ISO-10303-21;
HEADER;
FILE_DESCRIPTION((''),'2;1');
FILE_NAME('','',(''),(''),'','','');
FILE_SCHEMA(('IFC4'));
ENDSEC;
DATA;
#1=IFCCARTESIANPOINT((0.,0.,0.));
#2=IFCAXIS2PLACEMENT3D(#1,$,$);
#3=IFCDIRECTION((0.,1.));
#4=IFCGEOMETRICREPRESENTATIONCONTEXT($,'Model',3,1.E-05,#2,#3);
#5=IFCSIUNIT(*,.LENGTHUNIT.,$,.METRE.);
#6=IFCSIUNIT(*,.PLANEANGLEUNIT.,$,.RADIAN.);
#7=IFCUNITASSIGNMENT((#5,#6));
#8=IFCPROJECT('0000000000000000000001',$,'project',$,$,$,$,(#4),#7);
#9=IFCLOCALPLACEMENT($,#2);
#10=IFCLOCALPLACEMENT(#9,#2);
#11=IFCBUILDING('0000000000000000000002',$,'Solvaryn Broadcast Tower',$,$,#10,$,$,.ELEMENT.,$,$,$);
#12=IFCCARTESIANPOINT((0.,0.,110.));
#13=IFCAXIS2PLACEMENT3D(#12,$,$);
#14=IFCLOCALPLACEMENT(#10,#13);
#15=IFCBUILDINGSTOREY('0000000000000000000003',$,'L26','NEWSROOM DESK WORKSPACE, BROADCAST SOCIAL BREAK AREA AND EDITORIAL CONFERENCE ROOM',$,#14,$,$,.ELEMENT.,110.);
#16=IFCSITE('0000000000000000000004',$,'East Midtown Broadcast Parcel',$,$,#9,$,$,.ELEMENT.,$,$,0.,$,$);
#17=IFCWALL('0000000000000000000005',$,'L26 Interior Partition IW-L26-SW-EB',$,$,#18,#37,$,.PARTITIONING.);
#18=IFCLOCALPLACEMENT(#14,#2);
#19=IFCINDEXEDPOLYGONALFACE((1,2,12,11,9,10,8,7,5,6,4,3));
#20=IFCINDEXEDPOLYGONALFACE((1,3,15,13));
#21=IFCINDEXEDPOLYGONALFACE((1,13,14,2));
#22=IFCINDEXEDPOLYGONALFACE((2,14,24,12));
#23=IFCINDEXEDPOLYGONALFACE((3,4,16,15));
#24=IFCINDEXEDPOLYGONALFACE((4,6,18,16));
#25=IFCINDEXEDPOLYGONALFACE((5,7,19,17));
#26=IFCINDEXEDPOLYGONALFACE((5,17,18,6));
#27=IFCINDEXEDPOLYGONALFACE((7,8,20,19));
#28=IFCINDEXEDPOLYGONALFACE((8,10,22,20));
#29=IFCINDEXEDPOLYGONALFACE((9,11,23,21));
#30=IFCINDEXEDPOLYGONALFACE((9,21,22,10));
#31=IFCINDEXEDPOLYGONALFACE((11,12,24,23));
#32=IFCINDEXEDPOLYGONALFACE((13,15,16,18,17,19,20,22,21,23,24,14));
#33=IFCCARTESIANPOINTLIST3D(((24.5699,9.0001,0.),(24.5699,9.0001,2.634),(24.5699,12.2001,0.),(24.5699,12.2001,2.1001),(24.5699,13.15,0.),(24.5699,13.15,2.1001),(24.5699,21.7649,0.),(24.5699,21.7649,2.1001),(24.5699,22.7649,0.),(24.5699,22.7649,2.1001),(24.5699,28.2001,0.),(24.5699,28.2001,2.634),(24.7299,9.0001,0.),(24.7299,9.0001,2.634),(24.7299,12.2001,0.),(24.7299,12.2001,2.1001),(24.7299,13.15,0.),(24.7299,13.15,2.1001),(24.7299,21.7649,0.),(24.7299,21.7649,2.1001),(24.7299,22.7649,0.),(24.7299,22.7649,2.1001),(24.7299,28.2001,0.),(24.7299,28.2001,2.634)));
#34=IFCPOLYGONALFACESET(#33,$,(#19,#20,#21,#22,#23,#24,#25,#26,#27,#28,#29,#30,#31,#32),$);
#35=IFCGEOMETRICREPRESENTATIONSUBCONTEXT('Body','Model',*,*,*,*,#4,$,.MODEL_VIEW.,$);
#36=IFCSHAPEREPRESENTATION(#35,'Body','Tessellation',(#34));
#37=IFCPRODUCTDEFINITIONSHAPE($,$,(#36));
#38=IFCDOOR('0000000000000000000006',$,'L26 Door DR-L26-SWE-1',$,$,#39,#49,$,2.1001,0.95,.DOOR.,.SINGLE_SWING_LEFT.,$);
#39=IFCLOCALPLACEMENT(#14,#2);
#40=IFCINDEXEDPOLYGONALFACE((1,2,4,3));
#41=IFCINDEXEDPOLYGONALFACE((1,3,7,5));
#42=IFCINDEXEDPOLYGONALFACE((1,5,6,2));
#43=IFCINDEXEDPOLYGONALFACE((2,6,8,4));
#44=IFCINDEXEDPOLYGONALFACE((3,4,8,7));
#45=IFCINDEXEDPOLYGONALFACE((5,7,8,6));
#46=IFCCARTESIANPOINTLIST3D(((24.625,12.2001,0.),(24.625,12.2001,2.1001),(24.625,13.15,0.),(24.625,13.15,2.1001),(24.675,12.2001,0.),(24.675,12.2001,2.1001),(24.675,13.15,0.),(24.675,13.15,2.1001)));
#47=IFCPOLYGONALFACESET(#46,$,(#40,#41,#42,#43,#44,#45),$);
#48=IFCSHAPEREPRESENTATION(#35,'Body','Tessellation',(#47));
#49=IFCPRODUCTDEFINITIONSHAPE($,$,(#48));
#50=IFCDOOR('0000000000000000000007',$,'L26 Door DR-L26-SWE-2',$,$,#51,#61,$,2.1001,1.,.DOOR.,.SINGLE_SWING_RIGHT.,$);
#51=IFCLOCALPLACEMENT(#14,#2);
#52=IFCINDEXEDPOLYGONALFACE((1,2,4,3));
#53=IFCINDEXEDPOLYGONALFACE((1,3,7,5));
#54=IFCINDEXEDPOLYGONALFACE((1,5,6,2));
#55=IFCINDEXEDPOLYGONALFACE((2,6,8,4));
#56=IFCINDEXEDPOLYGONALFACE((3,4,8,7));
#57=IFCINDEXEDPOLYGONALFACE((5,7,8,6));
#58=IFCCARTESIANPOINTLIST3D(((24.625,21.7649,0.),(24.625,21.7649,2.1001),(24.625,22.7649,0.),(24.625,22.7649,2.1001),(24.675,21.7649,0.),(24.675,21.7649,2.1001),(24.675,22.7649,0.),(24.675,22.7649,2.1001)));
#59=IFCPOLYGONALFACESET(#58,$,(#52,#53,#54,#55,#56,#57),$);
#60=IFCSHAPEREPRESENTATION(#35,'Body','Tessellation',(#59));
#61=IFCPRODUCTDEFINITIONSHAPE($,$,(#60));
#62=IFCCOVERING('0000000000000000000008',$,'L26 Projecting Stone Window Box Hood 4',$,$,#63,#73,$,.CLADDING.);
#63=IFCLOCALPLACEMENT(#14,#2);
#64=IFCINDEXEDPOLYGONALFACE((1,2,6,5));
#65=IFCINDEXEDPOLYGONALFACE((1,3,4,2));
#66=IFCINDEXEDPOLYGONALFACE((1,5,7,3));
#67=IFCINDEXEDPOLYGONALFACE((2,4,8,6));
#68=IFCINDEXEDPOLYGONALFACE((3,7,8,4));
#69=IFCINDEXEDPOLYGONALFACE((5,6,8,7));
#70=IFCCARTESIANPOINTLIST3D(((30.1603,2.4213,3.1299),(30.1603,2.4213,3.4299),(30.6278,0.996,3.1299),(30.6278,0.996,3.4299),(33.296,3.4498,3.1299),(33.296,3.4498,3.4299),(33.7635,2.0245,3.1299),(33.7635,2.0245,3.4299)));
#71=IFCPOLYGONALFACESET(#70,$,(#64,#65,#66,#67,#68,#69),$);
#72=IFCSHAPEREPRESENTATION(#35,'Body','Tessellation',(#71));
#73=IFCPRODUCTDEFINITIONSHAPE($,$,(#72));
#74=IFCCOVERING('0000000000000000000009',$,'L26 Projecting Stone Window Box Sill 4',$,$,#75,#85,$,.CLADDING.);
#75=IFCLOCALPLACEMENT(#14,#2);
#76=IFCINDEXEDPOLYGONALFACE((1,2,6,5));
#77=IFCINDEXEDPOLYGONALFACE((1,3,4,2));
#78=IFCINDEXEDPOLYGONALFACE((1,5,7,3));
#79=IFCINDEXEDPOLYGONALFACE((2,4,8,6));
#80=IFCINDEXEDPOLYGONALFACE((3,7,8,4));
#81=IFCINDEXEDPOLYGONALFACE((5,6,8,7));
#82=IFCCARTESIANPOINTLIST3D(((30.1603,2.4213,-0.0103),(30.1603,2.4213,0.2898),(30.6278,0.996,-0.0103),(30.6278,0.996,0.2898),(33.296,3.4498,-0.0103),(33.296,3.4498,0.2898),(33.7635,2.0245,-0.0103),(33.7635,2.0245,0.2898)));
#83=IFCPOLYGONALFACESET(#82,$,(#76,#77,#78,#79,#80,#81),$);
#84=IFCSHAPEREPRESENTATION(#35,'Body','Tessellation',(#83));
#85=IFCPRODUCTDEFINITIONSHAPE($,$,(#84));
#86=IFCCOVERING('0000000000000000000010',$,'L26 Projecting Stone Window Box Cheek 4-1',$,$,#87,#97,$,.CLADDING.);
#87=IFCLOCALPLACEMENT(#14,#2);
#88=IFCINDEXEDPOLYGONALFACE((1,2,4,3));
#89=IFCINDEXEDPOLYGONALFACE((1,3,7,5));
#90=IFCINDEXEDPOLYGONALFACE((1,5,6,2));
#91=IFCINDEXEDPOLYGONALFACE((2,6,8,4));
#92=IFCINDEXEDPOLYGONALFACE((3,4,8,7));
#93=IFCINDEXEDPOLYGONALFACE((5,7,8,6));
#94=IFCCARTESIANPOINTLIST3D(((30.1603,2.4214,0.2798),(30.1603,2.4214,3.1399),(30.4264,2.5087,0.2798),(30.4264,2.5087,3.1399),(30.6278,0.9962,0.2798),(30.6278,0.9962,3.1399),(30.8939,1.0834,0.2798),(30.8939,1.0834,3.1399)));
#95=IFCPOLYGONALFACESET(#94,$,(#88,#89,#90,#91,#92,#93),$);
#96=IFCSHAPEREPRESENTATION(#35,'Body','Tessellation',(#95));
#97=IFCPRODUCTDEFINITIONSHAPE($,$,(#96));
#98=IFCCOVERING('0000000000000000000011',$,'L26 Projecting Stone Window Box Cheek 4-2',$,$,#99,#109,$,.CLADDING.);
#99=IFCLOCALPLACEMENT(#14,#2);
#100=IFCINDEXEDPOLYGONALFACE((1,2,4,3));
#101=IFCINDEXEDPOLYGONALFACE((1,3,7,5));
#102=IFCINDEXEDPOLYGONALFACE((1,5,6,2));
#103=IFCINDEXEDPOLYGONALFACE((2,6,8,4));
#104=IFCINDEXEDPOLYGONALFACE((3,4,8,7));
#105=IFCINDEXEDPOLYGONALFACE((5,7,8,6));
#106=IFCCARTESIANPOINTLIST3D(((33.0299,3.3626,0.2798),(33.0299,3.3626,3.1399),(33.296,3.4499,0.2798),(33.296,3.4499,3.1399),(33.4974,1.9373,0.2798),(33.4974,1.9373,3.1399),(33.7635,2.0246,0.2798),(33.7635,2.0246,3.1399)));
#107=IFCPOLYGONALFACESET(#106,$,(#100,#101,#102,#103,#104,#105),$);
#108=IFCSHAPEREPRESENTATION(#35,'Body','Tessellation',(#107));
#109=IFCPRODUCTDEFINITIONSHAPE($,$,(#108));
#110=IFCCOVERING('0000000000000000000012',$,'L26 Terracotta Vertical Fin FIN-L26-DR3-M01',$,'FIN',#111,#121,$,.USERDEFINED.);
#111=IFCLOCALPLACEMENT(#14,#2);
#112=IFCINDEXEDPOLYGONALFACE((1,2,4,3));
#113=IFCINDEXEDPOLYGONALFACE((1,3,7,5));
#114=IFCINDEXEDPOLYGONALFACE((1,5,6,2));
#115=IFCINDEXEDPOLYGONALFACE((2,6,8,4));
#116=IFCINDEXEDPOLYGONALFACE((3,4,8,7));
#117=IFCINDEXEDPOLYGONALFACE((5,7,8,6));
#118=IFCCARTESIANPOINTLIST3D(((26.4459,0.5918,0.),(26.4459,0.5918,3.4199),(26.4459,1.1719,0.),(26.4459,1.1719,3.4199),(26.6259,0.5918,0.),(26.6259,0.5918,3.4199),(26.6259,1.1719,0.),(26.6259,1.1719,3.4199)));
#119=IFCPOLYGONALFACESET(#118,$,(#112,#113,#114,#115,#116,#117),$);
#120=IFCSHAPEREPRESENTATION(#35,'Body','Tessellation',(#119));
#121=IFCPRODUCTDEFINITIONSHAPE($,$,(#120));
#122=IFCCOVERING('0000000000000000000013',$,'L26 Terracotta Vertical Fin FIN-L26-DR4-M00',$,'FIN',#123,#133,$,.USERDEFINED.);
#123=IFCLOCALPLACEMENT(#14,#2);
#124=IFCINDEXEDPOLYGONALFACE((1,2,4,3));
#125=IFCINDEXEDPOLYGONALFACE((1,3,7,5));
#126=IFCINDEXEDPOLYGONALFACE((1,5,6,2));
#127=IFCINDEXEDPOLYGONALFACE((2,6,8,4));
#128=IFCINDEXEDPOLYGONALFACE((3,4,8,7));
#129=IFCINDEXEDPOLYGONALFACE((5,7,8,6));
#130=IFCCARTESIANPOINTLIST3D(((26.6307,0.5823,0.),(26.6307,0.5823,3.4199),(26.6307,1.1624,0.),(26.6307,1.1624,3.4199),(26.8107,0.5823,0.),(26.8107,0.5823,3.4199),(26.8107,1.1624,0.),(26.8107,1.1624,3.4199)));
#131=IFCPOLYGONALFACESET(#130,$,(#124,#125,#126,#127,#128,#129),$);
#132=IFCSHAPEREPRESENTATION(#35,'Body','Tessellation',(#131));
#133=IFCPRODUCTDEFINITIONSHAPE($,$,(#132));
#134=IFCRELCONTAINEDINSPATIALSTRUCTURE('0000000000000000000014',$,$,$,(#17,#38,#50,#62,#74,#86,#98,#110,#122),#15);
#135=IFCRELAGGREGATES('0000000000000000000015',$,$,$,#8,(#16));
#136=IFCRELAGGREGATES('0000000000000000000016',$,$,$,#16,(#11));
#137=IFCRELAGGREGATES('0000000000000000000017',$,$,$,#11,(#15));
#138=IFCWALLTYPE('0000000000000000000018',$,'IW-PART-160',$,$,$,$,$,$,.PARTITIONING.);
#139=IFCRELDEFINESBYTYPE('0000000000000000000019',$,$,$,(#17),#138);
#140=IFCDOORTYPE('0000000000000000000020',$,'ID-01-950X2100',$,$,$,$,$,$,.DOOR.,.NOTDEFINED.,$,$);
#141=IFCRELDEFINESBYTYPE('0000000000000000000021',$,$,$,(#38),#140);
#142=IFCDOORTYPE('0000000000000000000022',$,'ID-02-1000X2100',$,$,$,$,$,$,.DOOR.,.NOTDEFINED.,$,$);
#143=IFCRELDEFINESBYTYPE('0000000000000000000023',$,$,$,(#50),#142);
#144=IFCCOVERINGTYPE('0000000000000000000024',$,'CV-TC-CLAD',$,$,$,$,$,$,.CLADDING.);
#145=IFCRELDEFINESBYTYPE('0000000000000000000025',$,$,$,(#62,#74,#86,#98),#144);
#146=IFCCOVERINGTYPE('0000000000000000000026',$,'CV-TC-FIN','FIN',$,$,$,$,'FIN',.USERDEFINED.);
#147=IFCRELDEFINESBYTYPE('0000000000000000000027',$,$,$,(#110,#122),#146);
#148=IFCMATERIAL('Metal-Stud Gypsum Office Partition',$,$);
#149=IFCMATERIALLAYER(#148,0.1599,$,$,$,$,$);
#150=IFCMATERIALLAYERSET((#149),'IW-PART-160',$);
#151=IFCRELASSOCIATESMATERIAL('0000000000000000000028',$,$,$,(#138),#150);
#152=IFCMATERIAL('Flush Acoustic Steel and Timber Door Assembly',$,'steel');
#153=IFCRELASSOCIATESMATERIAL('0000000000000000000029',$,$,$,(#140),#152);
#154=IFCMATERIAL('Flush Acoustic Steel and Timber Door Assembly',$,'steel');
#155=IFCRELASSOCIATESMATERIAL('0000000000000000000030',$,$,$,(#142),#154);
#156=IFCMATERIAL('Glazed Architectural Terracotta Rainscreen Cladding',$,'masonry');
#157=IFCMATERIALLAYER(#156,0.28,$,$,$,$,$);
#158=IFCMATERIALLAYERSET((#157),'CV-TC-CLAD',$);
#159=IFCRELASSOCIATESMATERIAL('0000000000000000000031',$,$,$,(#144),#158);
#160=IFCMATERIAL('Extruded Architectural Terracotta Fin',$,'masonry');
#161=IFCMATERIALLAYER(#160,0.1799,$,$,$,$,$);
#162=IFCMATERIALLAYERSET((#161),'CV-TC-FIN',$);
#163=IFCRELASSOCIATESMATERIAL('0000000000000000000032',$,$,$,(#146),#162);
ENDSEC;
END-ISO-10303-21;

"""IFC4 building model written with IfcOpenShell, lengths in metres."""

from ifc_helpers import new_model, si_unit, direction, frame, frame_2d, origin, origin_2d, place, context, subcontext, project, spatial, rectangle, extrude, material, layer, layer_set, type_object, element, fill, save


model = new_model("IFC4")

# Units and contexts
model_context = context("Model", 3, precision=1e-05, world=origin(), true_north=direction((0.0, 1.0)))
body_context = subcontext(model_context, "Body", "Model", "MODEL_VIEW")
ifc_project = project(units=[si_unit("LENGTHUNIT", "METRE"), si_unit("PLANEANGLEUNIT", "RADIAN")], contexts=[model_context])

# Site, building, storey
site_placement = place(None, origin())
site = spatial("IfcSite", under=ifc_project, at=site_placement, Name="East Midtown Broadcast Parcel", CompositionType="ELEMENT", RefElevation=0.0)
building_placement = place(site_placement, origin())
building = spatial("IfcBuilding", under=site, at=building_placement, Name="Solvaryn Broadcast Tower", CompositionType="ELEMENT")
storey_placement = place(building_placement, frame((0.0, 0.0, 110.0)))
storey = spatial("IfcBuildingStorey", under=building, at=storey_placement, Name="L26", Description="NEWSROOM DESK WORKSPACE, BROADCAST SOCIAL BREAK AREA AND EDITORIAL CONFERENCE ROOM", CompositionType="ELEMENT", Elevation=110.0)

# Wall, openings, doors
ifc_material_1 = material(Name="Metal-Stud Gypsum Office Partition")
ifc_layer_1 = layer(ifc_material_1, 0.1599)
ifc_layer_set_1 = layer_set([ifc_layer_1], Name="IW-PART-160")
wall_type_1 = type_object("IfcWallType", Name="IW-PART-160", PredefinedType="PARTITIONING", material=ifc_layer_set_1)
wall_1_placement = place(storey_placement, frame((24.6499, 9.0, 0.0), z_axis=(0.0, 0.0, 1.0), x_axis=(0.0, 1.0, 0.0)))
wall_1 = element("IfcWall", 1, at=wall_1_placement, inside=storey, type_object=wall_type_1, Name="L26 Interior Partition IW-L26-SW-EB", PredefinedType="PARTITIONING", context=body_context, shape_type="SweptSolid", body=[
    extrude(rectangle(XDim=19.2, YDim=0.1599, at=frame_2d((9.6001, 0.0))), origin(), (0.0, 0.0, 1.0), 2.634),
])
opening_1_placement = place(wall_1_placement, frame((3.2, 0.0, 0.0)))
opening_1 = element("IfcOpeningElement", 2, at=opening_1_placement, cuts=wall_1, PredefinedType="OPENING", context=body_context, shape_type="SweptSolid", body=[
    extrude(rectangle(XDim=0.95, YDim=2.1001, at=frame_2d((0.4751, 1.05))), frame((0.0, 0.0901, 0.0), z_axis=(0.0, -1.0, 0.0), x_axis=(1.0, 0.0, 0.0)), (0.0, 0.0, 1.0), 0.1799),
])
opening_2_placement = place(wall_1_placement, frame((12.7649, 0.0, 0.0)))
opening_2 = element("IfcOpeningElement", 3, at=opening_2_placement, cuts=wall_1, PredefinedType="OPENING", context=body_context, shape_type="SweptSolid", body=[
    extrude(rectangle(XDim=1.0, YDim=2.1001, at=frame_2d((0.5, 1.05))), frame((0.0, 0.0901, 0.0), z_axis=(0.0, -1.0, 0.0), x_axis=(1.0, 0.0, 0.0)), (0.0, 0.0, 1.0), 0.1799),
])
ifc_material_2 = material(Name="Flush Acoustic Steel and Timber Door Assembly", Category="steel")
door_type_1 = type_object("IfcDoorType", Name="ID-01-950X2100", OperationType="NOTDEFINED", PredefinedType="DOOR", material=ifc_material_2)
door_1_placement = place(opening_1_placement, origin())
door_1 = element("IfcDoor", 4, at=door_1_placement, inside=storey, type_object=door_type_1, Name="L26 Door DR-L26-SWE-1", OperationType="SINGLE_SWING_LEFT", OverallHeight=2.1001, OverallWidth=0.95, PredefinedType="DOOR", context=body_context, shape_type="SweptSolid", body=[
    extrude(rectangle(XDim=0.95, YDim=2.1001, at=frame_2d((0.4751, 1.05))), frame((0.0, 0.0249, 0.0), z_axis=(0.0, -1.0, 0.0), x_axis=(1.0, 0.0, 0.0)), (0.0, 0.0, 1.0), 0.05),
])
fill(opening_1, door_1)
ifc_material_3 = material(Name="Flush Acoustic Steel and Timber Door Assembly", Category="steel")
door_type_2 = type_object("IfcDoorType", Name="ID-02-1000X2100", OperationType="NOTDEFINED", PredefinedType="DOOR", material=ifc_material_3)
door_2_placement = place(opening_2_placement, origin())
door_2 = element("IfcDoor", 5, at=door_2_placement, inside=storey, type_object=door_type_2, Name="L26 Door DR-L26-SWE-2", OperationType="SINGLE_SWING_RIGHT", OverallHeight=2.1001, OverallWidth=1.0, PredefinedType="DOOR", context=body_context, shape_type="SweptSolid", body=[
    extrude(rectangle(XDim=1.0, YDim=2.1001, at=frame_2d((0.5, 1.05))), frame((0.0, 0.0249, 0.0), z_axis=(0.0, -1.0, 0.0), x_axis=(1.0, 0.0, 0.0)), (0.0, 0.0, 1.0), 0.05),
])
fill(opening_2, door_2)

# Coverings
ifc_material_4 = material(Name="Glazed Architectural Terracotta Rainscreen Cladding", Category="masonry")
ifc_layer_2 = layer(ifc_material_4, 0.28)
ifc_layer_set_2 = layer_set([ifc_layer_2], Name="CV-TC-CLAD")
covering_type_1 = type_object("IfcCoveringType", Name="CV-TC-CLAD", PredefinedType="CLADDING", material=ifc_layer_set_2)
for number, where, z_axis, x_axis, name in (
    (6, (31.9619, 2.2229, 3.1299), (0.0, 0.0, 1.0), (0.95019, 0.311672, 0.0), "L26 Projecting Stone Window Box Hood 4"),
    (7, (31.9619, 2.2229, -0.0103), (0.0, 0.0, 1.0), (0.95019, 0.311672, 0.0), "L26 Projecting Stone Window Box Sill 4"),
):
    element("IfcCovering", number, at=place(storey_placement, frame(where, z_axis=z_axis, x_axis=x_axis)), inside=storey, type_object=covering_type_1, Name=name, PredefinedType="CLADDING", context=body_context, shape_type="SweptSolid", body=[
        extrude(rectangle(XDim=3.3, YDim=1.5, at=origin_2d()), origin(), (0.0, 0.0, 1.0), 0.3),
    ])
for number, where, z_axis, x_axis, name in (
    (8, (30.5271, 1.7524, 0.2798), (0.0, 0.0, 1.0), (0.95019, 0.311672, 0.0), "L26 Projecting Stone Window Box Cheek 4-1"),
    (9, (33.3967, 2.6936, 0.2798), (0.0, 0.0, 1.0), (0.95019, 0.311672, 0.0), "L26 Projecting Stone Window Box Cheek 4-2"),
):
    element("IfcCovering", number, at=place(storey_placement, frame(where, z_axis=z_axis, x_axis=x_axis)), inside=storey, type_object=covering_type_1, Name=name, PredefinedType="CLADDING", context=body_context, shape_type="SweptSolid", body=[
        extrude(rectangle(XDim=0.28, YDim=1.5, at=origin_2d()), origin(), (0.0, 0.0, 1.0), 2.8601),
    ])
ifc_material_5 = material(Name="Extruded Architectural Terracotta Fin", Category="masonry")
ifc_layer_3 = layer(ifc_material_5, 0.1799)
ifc_layer_set_3 = layer_set([ifc_layer_3], Name="CV-TC-FIN")
covering_type_2 = type_object("IfcCoveringType", Name="CV-TC-FIN", Description="FIN", ElementType="FIN", PredefinedType="USERDEFINED", material=ifc_layer_set_3)
for number, where, z_axis, x_axis, name in (
    (10, (26.5359, 0.8818, 0.0), (0.0, 0.0, 1.0), (1.0, 0.0, 0.0), "L26 Terracotta Vertical Fin FIN-L26-DR3-M01"),
    (11, (26.7207, 0.8723, 0.0), (0.0, 0.0, 1.0), (1.0, 0.0, 0.0), "L26 Terracotta Vertical Fin FIN-L26-DR4-M00"),
):
    element("IfcCovering", number, at=place(storey_placement, frame(where, z_axis=z_axis, x_axis=x_axis)), inside=storey, type_object=covering_type_2, Name=name, ObjectType="FIN", PredefinedType="USERDEFINED", context=body_context, shape_type="SweptSolid", body=[
        extrude(rectangle(XDim=0.1799, YDim=0.5801, at=origin_2d()), origin(), (0.0, 0.0, 1.0), 3.4199),
    ])

save(model, "model.ifc")
